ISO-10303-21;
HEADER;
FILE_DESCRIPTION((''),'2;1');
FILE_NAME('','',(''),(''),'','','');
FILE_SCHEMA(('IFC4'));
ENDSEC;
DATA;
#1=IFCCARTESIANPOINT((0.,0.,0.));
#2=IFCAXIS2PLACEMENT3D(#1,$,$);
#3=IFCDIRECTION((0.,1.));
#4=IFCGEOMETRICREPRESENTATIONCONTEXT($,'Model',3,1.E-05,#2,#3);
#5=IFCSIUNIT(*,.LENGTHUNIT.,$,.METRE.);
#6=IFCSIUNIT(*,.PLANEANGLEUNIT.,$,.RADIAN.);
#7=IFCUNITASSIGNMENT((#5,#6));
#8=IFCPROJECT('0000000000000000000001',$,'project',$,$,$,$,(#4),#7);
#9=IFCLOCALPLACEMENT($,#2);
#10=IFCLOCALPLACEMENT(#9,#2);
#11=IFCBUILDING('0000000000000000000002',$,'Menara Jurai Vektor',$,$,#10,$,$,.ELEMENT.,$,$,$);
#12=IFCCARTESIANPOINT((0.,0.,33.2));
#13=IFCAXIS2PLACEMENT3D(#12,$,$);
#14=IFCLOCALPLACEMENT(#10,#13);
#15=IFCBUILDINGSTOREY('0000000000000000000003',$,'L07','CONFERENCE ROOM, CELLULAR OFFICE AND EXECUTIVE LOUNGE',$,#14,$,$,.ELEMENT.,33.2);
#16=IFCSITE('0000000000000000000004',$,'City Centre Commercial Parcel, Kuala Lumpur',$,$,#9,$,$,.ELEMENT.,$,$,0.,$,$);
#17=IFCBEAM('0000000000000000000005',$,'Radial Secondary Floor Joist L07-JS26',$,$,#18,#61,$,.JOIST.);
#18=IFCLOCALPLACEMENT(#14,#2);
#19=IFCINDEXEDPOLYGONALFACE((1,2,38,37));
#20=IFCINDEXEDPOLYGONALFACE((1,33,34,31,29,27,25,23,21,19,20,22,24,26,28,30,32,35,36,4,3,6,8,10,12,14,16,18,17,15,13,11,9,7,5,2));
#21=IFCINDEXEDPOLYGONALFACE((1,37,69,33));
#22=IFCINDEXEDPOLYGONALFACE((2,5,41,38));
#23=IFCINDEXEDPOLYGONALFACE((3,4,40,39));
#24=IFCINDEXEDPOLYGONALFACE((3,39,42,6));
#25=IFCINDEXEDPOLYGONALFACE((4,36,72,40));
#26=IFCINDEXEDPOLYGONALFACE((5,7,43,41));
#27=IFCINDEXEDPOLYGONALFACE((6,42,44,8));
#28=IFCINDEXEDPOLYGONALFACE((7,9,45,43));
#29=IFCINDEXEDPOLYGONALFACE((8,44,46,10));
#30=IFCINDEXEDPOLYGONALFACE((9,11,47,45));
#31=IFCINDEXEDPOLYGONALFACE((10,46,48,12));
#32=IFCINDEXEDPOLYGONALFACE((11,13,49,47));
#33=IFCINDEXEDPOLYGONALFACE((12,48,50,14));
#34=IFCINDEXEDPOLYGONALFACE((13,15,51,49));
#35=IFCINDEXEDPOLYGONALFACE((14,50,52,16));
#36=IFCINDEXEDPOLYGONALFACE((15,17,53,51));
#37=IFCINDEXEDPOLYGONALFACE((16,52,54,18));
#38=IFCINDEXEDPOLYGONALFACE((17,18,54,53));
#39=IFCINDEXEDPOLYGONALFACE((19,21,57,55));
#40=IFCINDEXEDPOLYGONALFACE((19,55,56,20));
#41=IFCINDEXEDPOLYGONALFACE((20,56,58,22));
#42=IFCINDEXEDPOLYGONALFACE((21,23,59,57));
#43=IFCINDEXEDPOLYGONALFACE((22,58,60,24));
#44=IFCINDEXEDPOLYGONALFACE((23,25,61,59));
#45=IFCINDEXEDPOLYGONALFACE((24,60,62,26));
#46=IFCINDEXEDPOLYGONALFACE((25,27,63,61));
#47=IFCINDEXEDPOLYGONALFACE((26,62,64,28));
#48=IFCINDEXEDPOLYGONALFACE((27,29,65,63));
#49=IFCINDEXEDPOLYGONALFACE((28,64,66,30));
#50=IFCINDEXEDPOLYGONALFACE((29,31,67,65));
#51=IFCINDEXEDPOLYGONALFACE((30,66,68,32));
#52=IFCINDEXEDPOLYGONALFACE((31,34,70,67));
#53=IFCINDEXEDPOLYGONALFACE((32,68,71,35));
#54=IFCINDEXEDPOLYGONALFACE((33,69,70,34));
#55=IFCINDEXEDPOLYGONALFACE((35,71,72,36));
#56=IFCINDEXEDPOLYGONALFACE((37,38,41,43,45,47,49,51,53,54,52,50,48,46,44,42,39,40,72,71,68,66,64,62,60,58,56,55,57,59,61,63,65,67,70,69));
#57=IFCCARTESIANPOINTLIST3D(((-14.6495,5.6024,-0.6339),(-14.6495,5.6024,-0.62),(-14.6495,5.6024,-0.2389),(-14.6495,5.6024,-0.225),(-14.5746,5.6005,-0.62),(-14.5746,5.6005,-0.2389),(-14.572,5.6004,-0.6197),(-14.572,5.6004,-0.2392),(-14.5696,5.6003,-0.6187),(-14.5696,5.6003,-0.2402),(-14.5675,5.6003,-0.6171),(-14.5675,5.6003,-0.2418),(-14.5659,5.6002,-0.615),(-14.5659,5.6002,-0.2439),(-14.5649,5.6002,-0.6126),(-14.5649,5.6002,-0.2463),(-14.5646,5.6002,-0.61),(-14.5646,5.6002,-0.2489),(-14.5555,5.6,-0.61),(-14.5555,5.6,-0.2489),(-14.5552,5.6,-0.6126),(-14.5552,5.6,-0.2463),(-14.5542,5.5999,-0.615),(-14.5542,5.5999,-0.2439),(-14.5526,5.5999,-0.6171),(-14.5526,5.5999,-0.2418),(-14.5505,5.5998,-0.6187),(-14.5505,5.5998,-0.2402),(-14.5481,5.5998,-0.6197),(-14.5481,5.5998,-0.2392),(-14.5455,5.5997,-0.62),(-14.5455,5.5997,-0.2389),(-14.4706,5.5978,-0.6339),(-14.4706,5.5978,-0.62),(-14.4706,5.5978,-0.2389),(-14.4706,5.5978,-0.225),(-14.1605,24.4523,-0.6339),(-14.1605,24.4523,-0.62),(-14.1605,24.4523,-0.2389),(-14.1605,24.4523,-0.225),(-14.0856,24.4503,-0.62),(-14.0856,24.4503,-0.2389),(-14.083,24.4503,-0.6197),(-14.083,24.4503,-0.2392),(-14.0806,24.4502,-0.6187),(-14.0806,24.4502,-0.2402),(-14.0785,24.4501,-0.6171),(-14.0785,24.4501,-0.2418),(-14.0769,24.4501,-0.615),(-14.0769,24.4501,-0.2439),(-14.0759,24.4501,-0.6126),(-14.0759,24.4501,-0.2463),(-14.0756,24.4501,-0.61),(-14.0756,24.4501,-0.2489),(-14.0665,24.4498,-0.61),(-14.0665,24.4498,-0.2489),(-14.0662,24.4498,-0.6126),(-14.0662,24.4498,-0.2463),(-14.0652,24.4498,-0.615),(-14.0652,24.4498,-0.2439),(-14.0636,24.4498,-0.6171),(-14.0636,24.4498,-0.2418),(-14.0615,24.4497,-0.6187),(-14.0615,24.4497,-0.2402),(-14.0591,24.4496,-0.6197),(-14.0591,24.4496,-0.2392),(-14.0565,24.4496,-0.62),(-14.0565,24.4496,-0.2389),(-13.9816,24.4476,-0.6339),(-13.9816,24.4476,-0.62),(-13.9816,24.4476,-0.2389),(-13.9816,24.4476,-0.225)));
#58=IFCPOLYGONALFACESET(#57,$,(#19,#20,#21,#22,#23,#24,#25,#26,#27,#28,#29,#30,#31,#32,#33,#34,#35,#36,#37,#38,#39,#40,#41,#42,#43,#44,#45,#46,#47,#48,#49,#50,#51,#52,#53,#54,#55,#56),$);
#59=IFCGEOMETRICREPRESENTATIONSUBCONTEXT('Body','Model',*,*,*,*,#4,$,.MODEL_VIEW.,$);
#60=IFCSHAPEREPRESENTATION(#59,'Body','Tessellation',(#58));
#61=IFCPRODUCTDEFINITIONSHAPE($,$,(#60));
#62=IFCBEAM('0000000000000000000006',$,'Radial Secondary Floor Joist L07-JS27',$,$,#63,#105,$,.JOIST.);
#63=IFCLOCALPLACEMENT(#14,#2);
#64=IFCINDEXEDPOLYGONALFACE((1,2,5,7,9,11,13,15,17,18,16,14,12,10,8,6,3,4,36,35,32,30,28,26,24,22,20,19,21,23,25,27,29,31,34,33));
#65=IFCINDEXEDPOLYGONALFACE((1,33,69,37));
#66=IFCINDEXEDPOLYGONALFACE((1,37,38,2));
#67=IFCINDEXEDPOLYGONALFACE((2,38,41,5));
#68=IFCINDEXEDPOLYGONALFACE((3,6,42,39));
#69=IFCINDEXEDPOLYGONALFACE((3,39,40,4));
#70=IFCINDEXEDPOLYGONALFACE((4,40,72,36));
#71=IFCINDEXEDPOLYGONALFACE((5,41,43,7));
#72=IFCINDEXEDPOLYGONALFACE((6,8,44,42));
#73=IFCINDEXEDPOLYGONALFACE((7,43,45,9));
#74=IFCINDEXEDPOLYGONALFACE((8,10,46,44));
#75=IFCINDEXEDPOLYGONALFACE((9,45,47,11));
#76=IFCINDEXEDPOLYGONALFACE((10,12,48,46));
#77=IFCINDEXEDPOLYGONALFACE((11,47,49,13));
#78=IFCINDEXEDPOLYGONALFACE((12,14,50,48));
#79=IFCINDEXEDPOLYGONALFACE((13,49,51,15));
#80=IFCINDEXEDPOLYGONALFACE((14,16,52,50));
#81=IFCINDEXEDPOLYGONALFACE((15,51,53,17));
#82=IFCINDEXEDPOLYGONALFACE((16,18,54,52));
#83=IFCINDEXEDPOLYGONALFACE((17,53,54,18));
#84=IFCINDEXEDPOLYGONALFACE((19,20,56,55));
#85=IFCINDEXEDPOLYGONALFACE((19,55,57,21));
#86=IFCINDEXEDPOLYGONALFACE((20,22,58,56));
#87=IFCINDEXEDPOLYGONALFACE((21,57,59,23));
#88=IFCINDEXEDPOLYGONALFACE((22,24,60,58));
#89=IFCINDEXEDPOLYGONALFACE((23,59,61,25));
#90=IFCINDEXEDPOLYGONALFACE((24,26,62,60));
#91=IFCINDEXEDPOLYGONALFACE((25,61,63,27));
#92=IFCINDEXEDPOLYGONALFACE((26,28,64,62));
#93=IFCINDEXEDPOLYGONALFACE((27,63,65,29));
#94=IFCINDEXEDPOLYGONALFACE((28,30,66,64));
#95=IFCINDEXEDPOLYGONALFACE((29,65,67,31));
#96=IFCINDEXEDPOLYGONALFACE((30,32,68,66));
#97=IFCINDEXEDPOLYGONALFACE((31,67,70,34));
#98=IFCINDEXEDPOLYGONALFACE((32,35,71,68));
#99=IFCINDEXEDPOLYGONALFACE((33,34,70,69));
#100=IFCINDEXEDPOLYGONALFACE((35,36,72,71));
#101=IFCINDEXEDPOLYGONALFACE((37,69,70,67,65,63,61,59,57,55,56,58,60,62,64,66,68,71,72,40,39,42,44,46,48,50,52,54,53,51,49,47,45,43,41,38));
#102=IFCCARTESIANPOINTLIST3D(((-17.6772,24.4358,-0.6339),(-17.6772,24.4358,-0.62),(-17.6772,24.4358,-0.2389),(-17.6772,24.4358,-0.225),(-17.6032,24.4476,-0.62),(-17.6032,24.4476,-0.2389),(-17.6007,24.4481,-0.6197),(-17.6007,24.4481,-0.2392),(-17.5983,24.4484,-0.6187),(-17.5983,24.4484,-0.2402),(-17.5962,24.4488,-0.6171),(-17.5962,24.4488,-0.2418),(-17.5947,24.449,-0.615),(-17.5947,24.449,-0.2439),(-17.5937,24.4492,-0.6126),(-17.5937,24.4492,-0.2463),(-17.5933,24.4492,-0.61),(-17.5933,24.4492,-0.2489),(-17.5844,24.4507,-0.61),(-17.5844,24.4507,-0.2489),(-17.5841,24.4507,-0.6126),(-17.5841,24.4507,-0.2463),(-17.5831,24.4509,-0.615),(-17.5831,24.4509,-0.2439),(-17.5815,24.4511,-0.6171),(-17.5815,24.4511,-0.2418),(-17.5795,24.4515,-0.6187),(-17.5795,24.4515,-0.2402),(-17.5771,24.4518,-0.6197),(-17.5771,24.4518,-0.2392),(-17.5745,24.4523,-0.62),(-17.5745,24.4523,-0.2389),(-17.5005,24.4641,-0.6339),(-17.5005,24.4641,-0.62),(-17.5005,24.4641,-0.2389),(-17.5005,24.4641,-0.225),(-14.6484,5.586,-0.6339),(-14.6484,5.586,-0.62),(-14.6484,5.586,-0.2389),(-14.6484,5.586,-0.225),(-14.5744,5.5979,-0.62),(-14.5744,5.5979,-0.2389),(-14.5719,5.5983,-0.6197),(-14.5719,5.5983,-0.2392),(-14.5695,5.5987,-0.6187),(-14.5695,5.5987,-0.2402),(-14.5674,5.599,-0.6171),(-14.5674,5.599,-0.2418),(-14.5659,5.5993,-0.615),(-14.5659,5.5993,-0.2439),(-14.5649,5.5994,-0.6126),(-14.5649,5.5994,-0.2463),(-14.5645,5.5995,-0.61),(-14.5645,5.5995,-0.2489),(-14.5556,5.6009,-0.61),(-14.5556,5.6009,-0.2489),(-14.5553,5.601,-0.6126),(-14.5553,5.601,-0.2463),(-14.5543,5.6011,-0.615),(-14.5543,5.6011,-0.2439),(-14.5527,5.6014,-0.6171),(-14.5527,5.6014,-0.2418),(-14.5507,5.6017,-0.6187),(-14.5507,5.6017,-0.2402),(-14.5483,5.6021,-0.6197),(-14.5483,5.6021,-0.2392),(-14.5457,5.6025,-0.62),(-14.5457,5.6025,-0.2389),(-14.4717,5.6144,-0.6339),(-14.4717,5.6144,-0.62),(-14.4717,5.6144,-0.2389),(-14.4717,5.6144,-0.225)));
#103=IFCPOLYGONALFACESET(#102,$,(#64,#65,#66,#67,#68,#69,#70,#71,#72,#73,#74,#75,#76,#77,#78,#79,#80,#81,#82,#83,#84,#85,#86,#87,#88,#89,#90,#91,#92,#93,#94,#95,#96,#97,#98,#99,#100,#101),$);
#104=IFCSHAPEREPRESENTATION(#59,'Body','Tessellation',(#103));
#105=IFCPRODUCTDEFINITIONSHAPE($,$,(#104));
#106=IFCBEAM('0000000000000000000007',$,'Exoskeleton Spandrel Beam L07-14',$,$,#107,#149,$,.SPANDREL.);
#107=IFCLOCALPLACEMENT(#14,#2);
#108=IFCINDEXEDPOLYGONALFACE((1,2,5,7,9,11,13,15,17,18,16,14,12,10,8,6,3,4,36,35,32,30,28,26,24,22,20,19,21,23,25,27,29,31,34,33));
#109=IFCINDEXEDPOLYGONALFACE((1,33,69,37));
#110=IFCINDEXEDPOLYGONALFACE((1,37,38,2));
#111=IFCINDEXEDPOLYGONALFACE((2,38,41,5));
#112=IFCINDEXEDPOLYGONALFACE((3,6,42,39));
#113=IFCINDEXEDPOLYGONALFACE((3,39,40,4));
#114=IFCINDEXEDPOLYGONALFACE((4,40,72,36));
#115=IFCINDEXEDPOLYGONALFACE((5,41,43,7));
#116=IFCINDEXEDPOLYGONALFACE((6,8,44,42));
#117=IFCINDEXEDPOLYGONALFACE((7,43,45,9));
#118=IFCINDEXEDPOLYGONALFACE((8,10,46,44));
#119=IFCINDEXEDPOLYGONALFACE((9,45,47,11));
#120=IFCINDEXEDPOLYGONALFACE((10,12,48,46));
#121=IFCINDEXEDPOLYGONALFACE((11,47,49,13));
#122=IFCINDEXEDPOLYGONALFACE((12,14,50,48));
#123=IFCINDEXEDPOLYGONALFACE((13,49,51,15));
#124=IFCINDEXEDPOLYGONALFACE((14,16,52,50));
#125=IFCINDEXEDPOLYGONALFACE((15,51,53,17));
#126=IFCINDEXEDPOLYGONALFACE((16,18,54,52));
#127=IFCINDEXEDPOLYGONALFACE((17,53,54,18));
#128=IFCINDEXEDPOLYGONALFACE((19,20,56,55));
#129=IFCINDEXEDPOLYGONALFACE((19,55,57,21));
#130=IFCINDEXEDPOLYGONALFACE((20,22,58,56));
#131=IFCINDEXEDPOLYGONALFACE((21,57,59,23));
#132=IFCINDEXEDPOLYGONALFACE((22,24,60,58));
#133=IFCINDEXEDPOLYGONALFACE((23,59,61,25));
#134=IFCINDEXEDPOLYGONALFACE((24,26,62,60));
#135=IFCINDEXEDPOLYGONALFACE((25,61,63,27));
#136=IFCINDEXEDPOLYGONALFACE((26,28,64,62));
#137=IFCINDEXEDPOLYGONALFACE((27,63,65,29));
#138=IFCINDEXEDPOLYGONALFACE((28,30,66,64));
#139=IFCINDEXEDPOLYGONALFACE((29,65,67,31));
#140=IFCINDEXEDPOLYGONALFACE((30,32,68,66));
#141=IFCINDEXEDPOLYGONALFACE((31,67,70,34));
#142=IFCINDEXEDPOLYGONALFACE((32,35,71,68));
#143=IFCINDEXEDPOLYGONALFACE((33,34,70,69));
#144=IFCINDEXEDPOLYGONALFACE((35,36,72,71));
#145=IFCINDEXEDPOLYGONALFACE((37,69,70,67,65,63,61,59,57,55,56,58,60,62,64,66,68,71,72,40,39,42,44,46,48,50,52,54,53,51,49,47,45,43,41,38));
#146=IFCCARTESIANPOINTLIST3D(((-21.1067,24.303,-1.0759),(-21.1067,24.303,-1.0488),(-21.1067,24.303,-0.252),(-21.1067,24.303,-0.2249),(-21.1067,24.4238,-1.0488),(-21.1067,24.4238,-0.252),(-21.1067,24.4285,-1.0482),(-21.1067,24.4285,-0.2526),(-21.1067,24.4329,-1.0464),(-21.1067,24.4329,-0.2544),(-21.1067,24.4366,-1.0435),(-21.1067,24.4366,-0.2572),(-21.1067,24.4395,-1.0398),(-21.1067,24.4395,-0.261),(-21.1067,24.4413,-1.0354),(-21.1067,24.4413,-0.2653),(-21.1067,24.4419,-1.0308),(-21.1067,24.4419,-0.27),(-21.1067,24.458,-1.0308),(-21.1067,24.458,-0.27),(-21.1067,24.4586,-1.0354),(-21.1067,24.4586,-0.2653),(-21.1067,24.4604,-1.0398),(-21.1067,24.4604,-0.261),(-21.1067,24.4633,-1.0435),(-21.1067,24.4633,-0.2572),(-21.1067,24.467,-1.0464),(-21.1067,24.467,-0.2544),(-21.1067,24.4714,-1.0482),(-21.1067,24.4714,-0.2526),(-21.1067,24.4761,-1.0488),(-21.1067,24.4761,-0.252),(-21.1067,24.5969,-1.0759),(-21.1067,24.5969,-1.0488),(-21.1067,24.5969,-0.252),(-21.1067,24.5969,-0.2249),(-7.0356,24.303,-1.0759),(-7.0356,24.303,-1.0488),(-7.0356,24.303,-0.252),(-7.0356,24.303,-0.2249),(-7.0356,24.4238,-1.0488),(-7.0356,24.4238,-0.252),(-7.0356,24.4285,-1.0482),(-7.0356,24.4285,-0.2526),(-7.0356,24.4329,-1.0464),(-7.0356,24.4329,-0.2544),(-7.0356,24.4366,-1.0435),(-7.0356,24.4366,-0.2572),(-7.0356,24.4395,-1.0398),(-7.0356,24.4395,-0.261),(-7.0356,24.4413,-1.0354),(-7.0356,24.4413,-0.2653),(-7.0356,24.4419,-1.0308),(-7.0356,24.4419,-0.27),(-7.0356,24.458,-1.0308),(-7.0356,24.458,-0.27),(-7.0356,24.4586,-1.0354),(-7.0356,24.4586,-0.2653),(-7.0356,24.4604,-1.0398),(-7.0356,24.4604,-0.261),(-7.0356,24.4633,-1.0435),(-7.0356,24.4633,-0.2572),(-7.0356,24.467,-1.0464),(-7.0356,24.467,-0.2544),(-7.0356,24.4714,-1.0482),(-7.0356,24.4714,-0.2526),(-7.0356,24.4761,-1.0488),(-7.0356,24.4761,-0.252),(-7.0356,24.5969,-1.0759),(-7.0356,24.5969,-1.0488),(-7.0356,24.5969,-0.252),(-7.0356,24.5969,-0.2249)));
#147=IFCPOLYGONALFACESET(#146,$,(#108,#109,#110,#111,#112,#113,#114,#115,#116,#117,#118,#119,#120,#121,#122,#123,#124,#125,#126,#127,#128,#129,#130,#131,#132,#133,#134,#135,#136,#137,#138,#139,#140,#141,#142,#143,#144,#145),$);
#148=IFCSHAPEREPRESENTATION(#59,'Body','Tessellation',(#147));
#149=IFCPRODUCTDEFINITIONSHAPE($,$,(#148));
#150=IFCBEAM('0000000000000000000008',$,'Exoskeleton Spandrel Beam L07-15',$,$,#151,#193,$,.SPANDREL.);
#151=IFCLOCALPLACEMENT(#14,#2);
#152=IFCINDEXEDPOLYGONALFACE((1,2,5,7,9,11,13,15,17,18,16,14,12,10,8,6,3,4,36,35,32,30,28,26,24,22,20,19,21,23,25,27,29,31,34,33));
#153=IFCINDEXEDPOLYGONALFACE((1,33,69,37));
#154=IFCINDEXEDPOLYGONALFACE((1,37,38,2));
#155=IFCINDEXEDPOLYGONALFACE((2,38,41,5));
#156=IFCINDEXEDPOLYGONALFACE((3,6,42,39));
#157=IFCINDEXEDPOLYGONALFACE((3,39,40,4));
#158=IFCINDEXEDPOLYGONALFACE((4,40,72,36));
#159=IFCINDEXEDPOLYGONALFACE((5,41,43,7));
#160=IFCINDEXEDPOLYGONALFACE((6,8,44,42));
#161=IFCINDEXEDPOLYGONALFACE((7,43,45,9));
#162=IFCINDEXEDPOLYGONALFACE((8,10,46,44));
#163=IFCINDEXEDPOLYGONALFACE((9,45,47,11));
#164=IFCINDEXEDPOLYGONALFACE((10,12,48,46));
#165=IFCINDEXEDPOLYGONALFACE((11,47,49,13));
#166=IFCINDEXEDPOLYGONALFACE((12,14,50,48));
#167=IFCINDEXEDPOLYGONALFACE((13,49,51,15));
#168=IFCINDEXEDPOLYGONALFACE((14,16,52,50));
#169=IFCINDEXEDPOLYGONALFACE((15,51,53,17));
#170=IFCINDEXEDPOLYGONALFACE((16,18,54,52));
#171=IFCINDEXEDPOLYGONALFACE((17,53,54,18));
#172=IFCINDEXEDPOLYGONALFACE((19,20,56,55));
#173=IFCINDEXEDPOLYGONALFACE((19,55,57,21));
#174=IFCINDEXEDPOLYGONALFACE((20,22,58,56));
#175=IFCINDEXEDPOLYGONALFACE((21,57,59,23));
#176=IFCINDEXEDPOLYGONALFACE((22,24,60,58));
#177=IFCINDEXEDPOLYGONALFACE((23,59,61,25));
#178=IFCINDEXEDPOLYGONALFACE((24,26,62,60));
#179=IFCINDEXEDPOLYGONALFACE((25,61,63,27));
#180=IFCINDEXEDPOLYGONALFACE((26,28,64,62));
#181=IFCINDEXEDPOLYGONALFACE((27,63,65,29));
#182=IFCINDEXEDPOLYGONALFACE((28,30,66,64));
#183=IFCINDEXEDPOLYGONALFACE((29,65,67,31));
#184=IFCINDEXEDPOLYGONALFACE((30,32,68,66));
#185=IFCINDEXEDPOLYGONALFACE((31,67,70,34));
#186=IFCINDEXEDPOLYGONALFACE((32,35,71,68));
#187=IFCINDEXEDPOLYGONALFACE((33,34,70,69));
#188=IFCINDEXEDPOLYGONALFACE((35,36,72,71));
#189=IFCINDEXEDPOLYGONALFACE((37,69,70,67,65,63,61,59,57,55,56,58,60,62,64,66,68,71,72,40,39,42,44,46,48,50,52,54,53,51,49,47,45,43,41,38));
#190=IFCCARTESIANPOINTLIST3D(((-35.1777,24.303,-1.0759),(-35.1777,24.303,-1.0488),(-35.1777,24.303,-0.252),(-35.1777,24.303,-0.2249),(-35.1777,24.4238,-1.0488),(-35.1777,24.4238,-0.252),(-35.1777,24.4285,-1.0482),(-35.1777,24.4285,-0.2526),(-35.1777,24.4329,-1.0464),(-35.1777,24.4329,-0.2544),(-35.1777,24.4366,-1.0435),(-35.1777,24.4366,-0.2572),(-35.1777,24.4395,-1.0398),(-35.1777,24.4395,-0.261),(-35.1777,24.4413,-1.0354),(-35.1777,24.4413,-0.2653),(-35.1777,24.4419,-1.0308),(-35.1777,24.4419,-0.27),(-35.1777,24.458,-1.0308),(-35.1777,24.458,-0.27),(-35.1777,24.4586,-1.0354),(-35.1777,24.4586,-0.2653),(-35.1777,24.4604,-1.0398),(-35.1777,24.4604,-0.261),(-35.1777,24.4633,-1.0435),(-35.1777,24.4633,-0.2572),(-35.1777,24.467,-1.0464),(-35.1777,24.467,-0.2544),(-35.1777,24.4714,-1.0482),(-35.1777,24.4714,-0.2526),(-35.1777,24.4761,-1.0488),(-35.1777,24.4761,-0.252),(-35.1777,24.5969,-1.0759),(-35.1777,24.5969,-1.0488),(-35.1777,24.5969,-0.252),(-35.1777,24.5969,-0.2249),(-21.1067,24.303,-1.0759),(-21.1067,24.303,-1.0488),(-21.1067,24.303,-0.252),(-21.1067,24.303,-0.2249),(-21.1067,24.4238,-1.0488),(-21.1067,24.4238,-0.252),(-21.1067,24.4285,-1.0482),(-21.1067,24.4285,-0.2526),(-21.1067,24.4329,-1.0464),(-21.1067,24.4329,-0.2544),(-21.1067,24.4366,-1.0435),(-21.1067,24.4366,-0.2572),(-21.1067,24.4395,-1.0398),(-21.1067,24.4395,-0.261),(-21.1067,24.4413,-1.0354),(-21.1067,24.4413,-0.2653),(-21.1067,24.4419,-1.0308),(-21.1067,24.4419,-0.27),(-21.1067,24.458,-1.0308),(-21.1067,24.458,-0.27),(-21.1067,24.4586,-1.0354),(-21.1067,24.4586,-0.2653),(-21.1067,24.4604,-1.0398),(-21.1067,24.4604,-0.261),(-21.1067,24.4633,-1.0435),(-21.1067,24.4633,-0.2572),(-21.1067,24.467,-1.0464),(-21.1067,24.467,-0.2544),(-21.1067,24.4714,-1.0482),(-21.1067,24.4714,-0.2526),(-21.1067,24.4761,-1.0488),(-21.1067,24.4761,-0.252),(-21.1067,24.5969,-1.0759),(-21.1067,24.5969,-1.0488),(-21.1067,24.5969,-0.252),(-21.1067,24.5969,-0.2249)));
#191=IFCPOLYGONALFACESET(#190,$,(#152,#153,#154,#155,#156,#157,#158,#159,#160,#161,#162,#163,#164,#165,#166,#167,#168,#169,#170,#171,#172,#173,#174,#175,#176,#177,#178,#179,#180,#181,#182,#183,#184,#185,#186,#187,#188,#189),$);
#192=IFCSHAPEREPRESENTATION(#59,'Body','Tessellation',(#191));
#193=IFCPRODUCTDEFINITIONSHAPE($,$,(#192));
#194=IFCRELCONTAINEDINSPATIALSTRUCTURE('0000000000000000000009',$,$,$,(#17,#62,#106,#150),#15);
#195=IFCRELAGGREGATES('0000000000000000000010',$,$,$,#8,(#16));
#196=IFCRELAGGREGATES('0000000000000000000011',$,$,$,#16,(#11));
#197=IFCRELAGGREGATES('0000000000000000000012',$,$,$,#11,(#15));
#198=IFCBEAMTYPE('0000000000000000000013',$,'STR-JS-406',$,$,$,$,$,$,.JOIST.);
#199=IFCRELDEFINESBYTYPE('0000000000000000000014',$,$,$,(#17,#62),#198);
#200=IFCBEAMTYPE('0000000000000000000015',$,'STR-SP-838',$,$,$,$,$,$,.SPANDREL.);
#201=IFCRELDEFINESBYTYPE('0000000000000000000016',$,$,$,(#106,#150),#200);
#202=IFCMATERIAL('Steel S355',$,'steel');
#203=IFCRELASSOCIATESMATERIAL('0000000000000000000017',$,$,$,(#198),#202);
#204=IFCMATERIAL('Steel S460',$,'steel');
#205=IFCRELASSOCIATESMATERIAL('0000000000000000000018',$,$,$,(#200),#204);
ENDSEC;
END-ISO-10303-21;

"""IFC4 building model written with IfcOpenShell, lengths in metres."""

from ifc_helpers import new_model, si_unit, direction, frame, origin, origin_2d, place, context, subcontext, project, spatial, i_section, extrude, material, material_profile, profile_set, type_object, element, save


model = new_model("IFC4")

# Units and contexts
model_context = context("Model", 3, precision=1e-05, world=origin(), true_north=direction((0.0, 1.0)))
body_context = subcontext(model_context, "Body", "Model", "MODEL_VIEW")
ifc_project = project(units=[si_unit("LENGTHUNIT", "METRE"), si_unit("PLANEANGLEUNIT", "RADIAN")], contexts=[model_context])

# Site, building, storey
site_placement = place(None, origin())
site = spatial("IfcSite", under=ifc_project, at=site_placement, Name="City Centre Commercial Parcel, Kuala Lumpur", CompositionType="ELEMENT", RefElevation=0.0)
building_placement = place(site_placement, origin())
building = spatial("IfcBuilding", under=site, at=building_placement, Name="Menara Jurai Vektor", CompositionType="ELEMENT")
storey_placement = place(building_placement, frame((0.0, 0.0, 33.2)))
storey = spatial("IfcBuildingStorey", under=building, at=storey_placement, Name="L07", Description="CONFERENCE ROOM, CELLULAR OFFICE AND EXECUTIVE LOUNGE", CompositionType="ELEMENT", Elevation=33.2)

# Shared definitions
ifc_material_1 = material(Name="Steel S460", Category="steel")

# Beams
ifc_material_2 = material(Name="Steel S355", Category="steel")
ifc_material_profile_1 = material_profile(ifc_material_2, i_section(OverallWidth=0.179, OverallDepth=0.4089, WebThickness=0.009, FlangeThickness=0.0139, FilletRadius=0.01, at=origin_2d()), Name="UKB 406x178x67")
ifc_profile_set_1 = profile_set([ifc_material_profile_1], Name="Steel S355")
beam_type_1 = type_object("IfcBeamType", Name="STR-JS-406", PredefinedType="JOIST", material=ifc_profile_set_1)
beam_1_placement = place(storey_placement, frame((-14.071, 24.45, -0.4294), z_axis=(-0.025934, -0.999664, 0.0), x_axis=(0.999664, -0.025934, 0.0)))
element("IfcBeam", 1, at=beam_1_placement, inside=storey, type_object=beam_type_1, Name="Radial Secondary Floor Joist L07-JS26", PredefinedType="JOIST", context=body_context, shape_type="SweptSolid", body=[
    extrude(i_section(OverallWidth=0.179, OverallDepth=0.4089, WebThickness=0.009, FlangeThickness=0.0139, FilletRadius=0.01, at=origin_2d()), origin(), (0.0, 0.0, 1.0), 18.8562),
])
beam_2_placement = place(storey_placement, frame((-17.5889, 24.45, -0.4294), z_axis=(0.158646, -0.987336, 0.0), x_axis=(0.987336, 0.158646, 0.0)))
element("IfcBeam", 2, at=beam_2_placement, inside=storey, type_object=beam_type_1, Name="Radial Secondary Floor Joist L07-JS27", PredefinedType="JOIST", context=body_context, shape_type="SweptSolid", body=[
    extrude(i_section(OverallWidth=0.179, OverallDepth=0.4089, WebThickness=0.009, FlangeThickness=0.0139, FilletRadius=0.01, at=origin_2d()), origin(), (0.0, 0.0, 1.0), 19.0916),
])
ifc_material_profile_2 = material_profile(ifc_material_1, i_section(OverallWidth=0.2939, OverallDepth=0.8511, WebThickness=0.0161, FlangeThickness=0.0271, FilletRadius=0.0181, at=origin_2d()), Name="UKB 838x292x226")
ifc_profile_set_2 = profile_set([ifc_material_profile_2], Name="Steel S460")
beam_type_2 = type_object("IfcBeamType", Name="STR-SP-838", PredefinedType="SPANDREL", material=ifc_profile_set_2)
for number, where, z_axis, x_axis, name in (
    (3, (-7.0356, 24.45, -0.6504), (-1.0, 0.0, 0.0), (0.0, -1.0, 0.0), "Exoskeleton Spandrel Beam L07-14"),
    (4, (-21.1067, 24.45, -0.6504), (-1.0, 0.0, 0.0), (0.0, -1.0, 0.0), "Exoskeleton Spandrel Beam L07-15"),
):
    element("IfcBeam", number, at=place(storey_placement, frame(where, z_axis=z_axis, x_axis=x_axis)), inside=storey, type_object=beam_type_2, Name=name, PredefinedType="SPANDREL", context=body_context, shape_type="SweptSolid", body=[
        extrude(i_section(OverallWidth=0.2939, OverallDepth=0.8511, WebThickness=0.0161, FlangeThickness=0.0271, FilletRadius=0.0181, at=origin_2d()), origin(), (0.0, 0.0, 1.0), 14.071),
    ])

save(model, "model.ifc")
